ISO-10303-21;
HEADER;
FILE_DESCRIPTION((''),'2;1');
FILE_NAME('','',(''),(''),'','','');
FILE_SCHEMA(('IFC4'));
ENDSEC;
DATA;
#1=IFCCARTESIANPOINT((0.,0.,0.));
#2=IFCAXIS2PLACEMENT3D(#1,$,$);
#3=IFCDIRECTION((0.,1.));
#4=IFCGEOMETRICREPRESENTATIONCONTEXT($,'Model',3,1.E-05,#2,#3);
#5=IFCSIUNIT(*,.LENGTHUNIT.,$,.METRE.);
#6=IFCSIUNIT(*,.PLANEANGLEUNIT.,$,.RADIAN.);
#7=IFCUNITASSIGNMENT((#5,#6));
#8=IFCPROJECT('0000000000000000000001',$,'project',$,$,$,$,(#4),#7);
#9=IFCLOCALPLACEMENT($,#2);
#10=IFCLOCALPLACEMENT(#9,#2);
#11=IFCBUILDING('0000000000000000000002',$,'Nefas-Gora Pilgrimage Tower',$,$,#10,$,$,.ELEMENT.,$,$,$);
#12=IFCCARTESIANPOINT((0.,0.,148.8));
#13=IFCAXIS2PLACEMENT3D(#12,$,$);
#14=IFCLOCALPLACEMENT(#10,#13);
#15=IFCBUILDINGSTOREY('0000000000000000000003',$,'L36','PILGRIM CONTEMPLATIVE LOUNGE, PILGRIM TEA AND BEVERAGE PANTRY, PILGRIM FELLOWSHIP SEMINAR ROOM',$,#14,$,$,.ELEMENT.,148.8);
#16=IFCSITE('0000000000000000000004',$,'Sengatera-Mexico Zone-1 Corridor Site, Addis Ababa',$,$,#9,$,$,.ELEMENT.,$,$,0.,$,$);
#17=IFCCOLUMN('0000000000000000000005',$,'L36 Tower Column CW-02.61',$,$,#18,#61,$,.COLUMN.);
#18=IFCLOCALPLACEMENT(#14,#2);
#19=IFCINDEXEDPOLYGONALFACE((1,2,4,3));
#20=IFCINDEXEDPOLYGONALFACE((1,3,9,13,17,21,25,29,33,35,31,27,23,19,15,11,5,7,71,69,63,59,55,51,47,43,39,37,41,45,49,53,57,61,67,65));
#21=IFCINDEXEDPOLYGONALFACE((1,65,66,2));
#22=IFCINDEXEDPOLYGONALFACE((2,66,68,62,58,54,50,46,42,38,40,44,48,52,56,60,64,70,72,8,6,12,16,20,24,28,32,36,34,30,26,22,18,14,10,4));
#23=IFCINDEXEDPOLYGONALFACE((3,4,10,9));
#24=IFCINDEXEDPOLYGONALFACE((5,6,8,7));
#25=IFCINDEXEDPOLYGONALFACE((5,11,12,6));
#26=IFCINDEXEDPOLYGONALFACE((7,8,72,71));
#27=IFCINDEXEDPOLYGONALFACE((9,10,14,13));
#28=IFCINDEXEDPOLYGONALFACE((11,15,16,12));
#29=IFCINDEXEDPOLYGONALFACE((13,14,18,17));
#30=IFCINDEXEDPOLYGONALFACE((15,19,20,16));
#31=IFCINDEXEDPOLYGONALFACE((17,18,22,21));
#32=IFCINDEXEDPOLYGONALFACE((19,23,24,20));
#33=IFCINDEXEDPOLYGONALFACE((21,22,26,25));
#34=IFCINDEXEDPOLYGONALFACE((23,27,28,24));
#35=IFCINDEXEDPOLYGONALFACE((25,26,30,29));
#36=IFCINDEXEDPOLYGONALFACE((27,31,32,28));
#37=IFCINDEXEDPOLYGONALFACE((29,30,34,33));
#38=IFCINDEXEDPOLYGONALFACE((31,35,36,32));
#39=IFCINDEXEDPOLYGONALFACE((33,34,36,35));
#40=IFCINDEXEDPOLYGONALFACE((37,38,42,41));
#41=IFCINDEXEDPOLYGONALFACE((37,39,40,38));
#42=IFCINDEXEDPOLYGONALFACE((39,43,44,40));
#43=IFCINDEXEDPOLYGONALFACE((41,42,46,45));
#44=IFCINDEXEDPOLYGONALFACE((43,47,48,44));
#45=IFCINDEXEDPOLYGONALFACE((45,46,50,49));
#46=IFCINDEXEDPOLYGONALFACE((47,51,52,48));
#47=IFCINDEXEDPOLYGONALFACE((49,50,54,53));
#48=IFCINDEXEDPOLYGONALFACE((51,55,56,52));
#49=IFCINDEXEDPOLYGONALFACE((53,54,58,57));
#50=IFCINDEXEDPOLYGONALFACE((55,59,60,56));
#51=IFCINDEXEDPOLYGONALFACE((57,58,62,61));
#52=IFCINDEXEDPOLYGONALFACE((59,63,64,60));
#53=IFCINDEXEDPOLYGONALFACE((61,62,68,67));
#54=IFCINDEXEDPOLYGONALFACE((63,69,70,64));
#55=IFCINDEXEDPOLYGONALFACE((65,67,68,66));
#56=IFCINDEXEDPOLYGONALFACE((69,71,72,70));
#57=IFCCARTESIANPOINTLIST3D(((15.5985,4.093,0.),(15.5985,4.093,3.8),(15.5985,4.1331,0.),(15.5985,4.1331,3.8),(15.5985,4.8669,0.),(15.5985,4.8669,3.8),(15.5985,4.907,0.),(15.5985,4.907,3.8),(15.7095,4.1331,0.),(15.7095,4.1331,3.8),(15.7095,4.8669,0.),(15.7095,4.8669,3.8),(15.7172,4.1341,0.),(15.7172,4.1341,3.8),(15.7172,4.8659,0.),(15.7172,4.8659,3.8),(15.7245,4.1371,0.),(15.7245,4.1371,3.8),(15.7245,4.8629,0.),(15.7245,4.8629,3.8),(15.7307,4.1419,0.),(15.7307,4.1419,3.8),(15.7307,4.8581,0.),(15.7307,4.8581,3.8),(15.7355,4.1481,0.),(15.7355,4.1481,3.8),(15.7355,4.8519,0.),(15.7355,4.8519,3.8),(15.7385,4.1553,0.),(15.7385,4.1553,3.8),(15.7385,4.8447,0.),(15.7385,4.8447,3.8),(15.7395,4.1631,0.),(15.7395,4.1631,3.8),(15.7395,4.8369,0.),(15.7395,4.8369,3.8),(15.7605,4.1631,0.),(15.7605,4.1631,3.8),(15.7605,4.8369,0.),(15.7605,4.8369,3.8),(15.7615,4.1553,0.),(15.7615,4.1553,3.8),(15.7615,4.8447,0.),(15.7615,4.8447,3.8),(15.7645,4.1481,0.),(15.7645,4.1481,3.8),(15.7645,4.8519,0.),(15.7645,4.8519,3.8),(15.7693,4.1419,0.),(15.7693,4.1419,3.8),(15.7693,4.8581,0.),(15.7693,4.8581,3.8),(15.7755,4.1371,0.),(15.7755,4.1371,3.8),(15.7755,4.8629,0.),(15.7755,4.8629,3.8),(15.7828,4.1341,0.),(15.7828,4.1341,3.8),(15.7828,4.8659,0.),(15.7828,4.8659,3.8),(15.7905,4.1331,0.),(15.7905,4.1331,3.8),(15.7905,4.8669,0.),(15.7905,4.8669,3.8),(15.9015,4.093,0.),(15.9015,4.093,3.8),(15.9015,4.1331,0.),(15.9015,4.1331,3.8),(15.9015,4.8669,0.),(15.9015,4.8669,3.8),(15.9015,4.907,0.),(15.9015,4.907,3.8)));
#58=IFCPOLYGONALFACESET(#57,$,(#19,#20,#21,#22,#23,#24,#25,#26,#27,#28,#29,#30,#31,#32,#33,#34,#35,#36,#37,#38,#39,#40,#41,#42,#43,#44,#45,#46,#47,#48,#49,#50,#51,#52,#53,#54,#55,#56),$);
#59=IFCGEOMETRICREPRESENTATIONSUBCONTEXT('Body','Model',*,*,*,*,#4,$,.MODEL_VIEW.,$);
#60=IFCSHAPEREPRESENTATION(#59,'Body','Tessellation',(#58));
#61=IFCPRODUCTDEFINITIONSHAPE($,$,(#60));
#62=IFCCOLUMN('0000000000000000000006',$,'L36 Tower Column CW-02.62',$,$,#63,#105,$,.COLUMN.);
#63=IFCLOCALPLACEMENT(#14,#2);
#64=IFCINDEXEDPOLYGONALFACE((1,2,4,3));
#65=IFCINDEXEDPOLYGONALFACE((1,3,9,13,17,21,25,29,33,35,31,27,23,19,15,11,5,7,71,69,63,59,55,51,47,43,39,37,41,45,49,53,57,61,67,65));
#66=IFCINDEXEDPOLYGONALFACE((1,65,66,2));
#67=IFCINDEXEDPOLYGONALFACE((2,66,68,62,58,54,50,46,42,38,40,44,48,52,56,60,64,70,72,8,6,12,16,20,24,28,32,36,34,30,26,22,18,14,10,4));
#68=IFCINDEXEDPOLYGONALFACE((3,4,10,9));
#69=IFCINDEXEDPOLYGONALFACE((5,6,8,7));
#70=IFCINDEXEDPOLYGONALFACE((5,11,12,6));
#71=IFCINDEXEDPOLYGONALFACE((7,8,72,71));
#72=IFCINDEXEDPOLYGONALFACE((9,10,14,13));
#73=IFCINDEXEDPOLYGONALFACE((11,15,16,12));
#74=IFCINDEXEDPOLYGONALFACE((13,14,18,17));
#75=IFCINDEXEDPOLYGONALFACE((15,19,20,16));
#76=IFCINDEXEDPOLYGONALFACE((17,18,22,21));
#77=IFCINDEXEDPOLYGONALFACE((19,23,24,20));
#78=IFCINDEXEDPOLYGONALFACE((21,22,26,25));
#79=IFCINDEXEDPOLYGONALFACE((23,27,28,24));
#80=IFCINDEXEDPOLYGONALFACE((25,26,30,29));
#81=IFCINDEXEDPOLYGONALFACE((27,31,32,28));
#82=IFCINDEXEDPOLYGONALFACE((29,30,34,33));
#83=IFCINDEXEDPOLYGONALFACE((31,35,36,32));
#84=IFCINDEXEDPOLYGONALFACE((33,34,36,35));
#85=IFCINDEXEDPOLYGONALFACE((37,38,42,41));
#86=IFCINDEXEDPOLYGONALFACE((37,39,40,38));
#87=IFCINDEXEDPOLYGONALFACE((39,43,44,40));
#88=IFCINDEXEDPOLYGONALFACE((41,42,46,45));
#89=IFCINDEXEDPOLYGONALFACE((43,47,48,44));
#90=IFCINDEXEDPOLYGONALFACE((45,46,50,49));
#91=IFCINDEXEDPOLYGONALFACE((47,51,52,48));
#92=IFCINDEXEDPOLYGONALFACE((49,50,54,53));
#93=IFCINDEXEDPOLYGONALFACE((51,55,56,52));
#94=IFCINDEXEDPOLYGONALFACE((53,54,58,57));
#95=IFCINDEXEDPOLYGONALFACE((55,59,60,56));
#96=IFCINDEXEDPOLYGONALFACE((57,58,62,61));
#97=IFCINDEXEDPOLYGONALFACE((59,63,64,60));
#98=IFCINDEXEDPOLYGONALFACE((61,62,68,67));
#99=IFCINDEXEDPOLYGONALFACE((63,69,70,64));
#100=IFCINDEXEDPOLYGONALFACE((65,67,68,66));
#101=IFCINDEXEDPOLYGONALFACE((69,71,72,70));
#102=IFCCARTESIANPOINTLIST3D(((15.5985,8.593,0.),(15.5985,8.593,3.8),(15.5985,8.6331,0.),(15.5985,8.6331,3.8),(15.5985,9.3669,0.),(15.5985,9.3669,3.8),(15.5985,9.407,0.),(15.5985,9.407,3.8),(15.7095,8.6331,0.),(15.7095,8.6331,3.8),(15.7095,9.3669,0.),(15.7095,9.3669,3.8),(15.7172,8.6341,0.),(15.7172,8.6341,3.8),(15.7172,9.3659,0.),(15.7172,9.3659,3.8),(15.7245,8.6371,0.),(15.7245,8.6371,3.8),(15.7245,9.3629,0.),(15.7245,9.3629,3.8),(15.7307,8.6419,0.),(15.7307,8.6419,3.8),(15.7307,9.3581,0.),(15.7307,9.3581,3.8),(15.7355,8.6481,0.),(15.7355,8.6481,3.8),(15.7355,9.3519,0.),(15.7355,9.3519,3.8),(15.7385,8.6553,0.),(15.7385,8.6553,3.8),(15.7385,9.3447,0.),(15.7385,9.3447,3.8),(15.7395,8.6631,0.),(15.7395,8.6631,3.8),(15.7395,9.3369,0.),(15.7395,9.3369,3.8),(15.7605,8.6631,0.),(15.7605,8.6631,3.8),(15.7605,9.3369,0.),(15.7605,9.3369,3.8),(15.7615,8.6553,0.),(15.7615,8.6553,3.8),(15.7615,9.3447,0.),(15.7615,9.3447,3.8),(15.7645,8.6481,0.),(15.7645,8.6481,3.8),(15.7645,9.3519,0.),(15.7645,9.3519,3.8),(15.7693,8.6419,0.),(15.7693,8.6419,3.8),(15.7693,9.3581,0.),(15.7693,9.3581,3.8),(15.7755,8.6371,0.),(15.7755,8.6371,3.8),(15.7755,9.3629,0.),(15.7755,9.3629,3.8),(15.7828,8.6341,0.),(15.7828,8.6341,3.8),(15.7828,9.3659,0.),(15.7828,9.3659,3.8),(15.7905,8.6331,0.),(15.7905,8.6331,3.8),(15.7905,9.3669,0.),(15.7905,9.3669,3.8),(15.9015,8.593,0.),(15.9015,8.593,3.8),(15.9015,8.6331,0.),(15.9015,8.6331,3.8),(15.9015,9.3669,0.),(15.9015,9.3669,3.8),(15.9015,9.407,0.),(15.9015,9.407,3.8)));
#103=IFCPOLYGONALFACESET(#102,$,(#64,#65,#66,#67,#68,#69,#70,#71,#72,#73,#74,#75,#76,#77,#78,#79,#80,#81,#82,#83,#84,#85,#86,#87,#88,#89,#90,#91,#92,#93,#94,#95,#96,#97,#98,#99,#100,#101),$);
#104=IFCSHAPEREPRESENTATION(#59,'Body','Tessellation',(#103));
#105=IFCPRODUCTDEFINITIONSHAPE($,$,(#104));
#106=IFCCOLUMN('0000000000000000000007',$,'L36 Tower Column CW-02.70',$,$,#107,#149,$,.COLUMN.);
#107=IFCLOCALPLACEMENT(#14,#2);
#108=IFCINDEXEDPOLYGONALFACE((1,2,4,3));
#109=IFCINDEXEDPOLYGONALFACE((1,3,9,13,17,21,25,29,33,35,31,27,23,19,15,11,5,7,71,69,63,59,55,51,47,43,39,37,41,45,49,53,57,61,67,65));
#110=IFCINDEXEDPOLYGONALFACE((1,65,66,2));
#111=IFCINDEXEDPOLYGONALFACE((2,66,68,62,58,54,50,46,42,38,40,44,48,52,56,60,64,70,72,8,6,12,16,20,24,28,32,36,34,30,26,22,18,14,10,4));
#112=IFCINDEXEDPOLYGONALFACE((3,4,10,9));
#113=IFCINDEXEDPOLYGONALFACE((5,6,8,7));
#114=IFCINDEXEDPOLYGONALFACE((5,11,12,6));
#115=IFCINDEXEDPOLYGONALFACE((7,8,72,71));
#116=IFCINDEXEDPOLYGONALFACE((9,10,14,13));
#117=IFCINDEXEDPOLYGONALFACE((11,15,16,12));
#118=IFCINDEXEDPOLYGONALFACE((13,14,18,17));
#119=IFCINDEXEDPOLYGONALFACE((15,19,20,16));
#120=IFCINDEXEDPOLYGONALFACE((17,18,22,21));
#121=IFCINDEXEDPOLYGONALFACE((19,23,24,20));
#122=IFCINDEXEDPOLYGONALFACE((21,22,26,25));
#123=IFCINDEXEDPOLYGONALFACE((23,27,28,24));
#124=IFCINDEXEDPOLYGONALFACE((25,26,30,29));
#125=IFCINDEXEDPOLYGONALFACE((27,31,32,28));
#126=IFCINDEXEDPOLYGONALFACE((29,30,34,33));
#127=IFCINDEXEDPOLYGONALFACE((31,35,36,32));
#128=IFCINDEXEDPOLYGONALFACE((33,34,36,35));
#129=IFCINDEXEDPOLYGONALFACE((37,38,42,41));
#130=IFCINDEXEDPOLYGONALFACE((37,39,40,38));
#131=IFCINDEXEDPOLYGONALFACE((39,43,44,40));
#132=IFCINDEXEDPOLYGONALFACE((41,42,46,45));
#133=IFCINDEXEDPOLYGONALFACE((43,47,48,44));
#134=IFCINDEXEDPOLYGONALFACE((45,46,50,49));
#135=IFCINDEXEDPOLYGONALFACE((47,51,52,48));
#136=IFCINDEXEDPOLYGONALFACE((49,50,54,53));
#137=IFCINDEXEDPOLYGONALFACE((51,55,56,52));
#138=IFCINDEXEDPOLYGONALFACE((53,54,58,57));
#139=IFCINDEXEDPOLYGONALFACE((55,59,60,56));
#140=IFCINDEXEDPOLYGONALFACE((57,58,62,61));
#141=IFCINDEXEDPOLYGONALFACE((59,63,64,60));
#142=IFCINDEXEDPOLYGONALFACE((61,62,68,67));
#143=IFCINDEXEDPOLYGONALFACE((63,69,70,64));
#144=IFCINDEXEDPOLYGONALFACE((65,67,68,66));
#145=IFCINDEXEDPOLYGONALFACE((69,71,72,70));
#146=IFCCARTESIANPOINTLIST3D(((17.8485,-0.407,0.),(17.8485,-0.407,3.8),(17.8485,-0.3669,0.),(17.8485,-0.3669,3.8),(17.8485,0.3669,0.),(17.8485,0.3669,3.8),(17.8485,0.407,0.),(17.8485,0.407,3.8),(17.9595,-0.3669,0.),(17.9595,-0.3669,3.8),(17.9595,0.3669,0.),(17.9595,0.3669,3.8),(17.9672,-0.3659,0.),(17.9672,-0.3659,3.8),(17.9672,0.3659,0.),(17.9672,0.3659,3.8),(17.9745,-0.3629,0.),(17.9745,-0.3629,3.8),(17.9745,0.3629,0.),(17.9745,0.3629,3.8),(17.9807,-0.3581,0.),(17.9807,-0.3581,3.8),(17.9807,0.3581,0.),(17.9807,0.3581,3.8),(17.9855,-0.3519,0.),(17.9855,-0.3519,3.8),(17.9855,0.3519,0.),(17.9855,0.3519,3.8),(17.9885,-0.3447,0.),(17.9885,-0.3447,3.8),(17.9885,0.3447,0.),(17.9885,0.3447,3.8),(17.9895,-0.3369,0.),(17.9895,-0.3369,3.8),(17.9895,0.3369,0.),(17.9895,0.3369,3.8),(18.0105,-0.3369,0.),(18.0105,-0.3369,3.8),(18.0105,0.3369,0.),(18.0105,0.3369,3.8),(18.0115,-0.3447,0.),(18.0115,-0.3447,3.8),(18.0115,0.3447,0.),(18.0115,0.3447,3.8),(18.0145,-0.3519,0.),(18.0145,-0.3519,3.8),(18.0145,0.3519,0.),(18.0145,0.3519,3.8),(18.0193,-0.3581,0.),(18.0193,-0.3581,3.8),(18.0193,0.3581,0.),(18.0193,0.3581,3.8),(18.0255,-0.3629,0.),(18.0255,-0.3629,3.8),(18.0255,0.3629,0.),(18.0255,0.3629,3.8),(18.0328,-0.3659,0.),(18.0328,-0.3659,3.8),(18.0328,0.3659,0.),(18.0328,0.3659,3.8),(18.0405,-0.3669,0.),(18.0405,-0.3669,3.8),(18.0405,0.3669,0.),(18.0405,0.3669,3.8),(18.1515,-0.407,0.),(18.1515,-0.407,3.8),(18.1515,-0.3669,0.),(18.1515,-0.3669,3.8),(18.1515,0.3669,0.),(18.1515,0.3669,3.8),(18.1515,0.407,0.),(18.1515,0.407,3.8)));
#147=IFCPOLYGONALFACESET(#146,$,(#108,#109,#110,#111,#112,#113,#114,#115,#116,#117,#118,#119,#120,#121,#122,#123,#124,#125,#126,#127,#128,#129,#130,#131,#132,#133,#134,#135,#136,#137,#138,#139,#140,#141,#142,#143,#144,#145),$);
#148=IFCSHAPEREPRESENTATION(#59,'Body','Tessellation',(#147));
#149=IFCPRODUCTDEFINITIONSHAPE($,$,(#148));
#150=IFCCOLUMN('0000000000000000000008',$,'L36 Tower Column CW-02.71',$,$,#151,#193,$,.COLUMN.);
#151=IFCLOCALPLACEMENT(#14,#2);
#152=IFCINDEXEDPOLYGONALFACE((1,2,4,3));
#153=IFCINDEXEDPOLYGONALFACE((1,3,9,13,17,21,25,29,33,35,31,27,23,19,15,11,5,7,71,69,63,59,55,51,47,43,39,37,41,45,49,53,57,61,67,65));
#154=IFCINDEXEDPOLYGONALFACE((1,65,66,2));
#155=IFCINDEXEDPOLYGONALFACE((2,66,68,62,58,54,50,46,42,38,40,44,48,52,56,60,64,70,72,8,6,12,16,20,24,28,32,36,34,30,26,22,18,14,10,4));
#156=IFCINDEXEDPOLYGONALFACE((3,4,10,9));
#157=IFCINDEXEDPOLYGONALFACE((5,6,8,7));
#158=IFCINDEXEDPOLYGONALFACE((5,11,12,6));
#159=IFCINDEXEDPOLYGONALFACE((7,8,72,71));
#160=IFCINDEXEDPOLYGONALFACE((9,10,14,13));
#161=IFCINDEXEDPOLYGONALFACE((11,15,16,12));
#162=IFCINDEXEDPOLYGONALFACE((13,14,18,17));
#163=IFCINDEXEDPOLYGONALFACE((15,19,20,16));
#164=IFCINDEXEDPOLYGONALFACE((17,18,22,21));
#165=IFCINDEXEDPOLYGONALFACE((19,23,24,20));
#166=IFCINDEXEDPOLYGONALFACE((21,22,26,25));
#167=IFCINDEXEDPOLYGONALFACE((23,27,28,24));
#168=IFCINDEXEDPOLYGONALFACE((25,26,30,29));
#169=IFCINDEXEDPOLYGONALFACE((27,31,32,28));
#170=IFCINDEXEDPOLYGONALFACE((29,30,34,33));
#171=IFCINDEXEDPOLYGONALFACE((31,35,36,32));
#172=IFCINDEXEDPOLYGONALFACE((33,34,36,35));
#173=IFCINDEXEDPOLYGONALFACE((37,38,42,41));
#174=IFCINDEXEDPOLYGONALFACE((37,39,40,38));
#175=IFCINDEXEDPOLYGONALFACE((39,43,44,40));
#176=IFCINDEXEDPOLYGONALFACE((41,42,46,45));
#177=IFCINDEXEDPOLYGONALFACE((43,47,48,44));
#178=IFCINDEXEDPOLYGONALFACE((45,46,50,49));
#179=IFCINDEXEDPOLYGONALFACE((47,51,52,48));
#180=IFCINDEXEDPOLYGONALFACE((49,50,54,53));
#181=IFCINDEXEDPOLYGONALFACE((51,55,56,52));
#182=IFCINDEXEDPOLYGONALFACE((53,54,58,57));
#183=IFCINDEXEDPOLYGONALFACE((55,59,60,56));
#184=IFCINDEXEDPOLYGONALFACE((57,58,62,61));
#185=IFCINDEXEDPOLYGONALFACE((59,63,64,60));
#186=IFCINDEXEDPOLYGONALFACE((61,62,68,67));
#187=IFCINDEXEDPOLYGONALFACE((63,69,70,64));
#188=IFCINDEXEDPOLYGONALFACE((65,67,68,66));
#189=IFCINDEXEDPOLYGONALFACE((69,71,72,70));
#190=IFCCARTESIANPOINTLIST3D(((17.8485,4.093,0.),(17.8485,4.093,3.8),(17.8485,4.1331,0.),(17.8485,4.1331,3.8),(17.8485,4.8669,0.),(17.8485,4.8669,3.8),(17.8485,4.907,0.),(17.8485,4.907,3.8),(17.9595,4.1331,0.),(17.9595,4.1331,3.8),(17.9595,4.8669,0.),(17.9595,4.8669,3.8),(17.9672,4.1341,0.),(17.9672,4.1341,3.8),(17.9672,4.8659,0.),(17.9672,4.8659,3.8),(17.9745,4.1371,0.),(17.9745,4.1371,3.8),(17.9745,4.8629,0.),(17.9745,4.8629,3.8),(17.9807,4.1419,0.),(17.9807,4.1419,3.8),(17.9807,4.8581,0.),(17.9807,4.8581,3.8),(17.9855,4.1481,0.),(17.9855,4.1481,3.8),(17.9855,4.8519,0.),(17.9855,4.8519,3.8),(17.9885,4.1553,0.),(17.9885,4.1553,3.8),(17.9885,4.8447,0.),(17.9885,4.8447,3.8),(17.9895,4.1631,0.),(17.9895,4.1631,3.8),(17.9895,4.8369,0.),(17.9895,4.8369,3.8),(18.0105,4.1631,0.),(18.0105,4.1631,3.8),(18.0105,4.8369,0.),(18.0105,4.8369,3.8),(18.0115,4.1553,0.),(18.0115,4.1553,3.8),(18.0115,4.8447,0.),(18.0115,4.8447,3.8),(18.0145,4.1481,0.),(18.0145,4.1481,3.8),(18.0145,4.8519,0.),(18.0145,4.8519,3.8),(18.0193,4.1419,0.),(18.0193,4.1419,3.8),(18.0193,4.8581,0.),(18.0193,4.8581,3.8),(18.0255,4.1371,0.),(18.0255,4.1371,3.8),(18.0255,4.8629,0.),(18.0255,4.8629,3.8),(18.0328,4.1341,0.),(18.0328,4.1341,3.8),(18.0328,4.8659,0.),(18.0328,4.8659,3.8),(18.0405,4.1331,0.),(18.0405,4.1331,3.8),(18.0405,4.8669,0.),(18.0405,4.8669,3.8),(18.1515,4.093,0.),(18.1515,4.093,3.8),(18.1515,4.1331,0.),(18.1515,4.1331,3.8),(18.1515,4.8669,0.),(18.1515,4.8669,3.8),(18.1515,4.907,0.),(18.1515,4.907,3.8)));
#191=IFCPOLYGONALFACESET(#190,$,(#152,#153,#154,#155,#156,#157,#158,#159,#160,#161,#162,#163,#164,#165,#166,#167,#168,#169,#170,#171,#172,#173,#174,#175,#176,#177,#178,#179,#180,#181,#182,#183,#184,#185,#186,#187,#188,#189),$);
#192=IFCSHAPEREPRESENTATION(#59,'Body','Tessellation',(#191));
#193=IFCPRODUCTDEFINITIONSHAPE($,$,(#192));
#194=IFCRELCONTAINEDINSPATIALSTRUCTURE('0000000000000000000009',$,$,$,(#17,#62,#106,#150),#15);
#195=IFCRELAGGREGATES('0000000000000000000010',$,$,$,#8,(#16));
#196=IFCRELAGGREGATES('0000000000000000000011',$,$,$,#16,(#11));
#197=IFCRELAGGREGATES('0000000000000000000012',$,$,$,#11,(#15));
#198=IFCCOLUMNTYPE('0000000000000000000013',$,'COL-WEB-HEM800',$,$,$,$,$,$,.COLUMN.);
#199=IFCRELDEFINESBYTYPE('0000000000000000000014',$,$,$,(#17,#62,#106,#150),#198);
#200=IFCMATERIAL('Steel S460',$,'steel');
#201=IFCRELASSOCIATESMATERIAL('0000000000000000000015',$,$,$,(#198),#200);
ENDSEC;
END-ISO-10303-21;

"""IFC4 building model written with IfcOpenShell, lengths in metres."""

from ifc_helpers import new_model, si_unit, direction, frame, origin, origin_2d, place, context, subcontext, project, spatial, i_section, extrude, source, transform, mapped, material, material_profile, profile_set, type_object, element, save


model = new_model("IFC4")

# Units and contexts
model_context = context("Model", 3, precision=1e-05, world=origin(), true_north=direction((0.0, 1.0)))
body_context = subcontext(model_context, "Body", "Model", "MODEL_VIEW")
ifc_project = project(units=[si_unit("LENGTHUNIT", "METRE"), si_unit("PLANEANGLEUNIT", "RADIAN")], contexts=[model_context])

# Site, building, storey
site_placement = place(None, origin())
site = spatial("IfcSite", under=ifc_project, at=site_placement, Name="Sengatera-Mexico Zone-1 Corridor Site, Addis Ababa", CompositionType="ELEMENT", RefElevation=0.0)
building_placement = place(site_placement, origin())
building = spatial("IfcBuilding", under=site, at=building_placement, Name="Nefas-Gora Pilgrimage Tower", CompositionType="ELEMENT")
storey_placement = place(building_placement, frame((0.0, 0.0, 148.8)))
storey = spatial("IfcBuildingStorey", under=building, at=storey_placement, Name="L36", Description="PILGRIM CONTEMPLATIVE LOUNGE, PILGRIM TEA AND BEVERAGE PANTRY, PILGRIM FELLOWSHIP SEMINAR ROOM", CompositionType="ELEMENT", Elevation=148.8)

# Columns
ifc_material_1 = material(Name="Steel S460", Category="steel")
ifc_material_profile_1 = material_profile(ifc_material_1, i_section(OverallWidth=0.303, OverallDepth=0.814, WebThickness=0.021, FlangeThickness=0.04, FilletRadius=0.03, at=origin_2d()), Name="HEM 800")
ifc_profile_set_1 = profile_set([ifc_material_profile_1], Name="Steel S460")
column_type_1 = type_object("IfcColumnType", Name="COL-WEB-HEM800", PredefinedType="COLUMN", material=ifc_profile_set_1)
shared_shape_1 = source(origin(), body_context, "Body", "SweptSolid", [
    extrude(i_section(OverallWidth=0.303, OverallDepth=0.814, WebThickness=0.021, FlangeThickness=0.04, FilletRadius=0.03, at=origin_2d()), origin(), (0.0, 0.0, 1.0), 3.8),
])
for number, where, z_axis, x_axis, name in (
    (1, (15.75, 4.5, 0.0), (0.0, 0.0, 1.0), (1.0, 0.0, 0.0), "L36 Tower Column CW-02.61"),
    (2, (15.75, 9.0, 0.0), (0.0, 0.0, 1.0), (1.0, 0.0, 0.0), "L36 Tower Column CW-02.62"),
    (3, (18.0, 0.0, 0.0), (0.0, 0.0, 1.0), (1.0, 0.0, 0.0), "L36 Tower Column CW-02.70"),
    (4, (18.0, 4.5, 0.0), (0.0, 0.0, 1.0), (1.0, 0.0, 0.0), "L36 Tower Column CW-02.71"),
):
    element("IfcColumn", number, at=place(storey_placement, frame(where, z_axis=z_axis, x_axis=x_axis)), inside=storey, type_object=column_type_1, Name=name, PredefinedType="COLUMN", context=body_context, shape_type="MappedRepresentation", body=[
        mapped(shared_shape_1, transform((0.0, 0.0, 0.0), x_axis=(1.0, 0.0, 0.0), y_axis=(0.0, 1.0, 0.0), z_axis=(0.0, 0.0, 1.0), scale=1.0)),
    ])

save(model, "model.ifc")
